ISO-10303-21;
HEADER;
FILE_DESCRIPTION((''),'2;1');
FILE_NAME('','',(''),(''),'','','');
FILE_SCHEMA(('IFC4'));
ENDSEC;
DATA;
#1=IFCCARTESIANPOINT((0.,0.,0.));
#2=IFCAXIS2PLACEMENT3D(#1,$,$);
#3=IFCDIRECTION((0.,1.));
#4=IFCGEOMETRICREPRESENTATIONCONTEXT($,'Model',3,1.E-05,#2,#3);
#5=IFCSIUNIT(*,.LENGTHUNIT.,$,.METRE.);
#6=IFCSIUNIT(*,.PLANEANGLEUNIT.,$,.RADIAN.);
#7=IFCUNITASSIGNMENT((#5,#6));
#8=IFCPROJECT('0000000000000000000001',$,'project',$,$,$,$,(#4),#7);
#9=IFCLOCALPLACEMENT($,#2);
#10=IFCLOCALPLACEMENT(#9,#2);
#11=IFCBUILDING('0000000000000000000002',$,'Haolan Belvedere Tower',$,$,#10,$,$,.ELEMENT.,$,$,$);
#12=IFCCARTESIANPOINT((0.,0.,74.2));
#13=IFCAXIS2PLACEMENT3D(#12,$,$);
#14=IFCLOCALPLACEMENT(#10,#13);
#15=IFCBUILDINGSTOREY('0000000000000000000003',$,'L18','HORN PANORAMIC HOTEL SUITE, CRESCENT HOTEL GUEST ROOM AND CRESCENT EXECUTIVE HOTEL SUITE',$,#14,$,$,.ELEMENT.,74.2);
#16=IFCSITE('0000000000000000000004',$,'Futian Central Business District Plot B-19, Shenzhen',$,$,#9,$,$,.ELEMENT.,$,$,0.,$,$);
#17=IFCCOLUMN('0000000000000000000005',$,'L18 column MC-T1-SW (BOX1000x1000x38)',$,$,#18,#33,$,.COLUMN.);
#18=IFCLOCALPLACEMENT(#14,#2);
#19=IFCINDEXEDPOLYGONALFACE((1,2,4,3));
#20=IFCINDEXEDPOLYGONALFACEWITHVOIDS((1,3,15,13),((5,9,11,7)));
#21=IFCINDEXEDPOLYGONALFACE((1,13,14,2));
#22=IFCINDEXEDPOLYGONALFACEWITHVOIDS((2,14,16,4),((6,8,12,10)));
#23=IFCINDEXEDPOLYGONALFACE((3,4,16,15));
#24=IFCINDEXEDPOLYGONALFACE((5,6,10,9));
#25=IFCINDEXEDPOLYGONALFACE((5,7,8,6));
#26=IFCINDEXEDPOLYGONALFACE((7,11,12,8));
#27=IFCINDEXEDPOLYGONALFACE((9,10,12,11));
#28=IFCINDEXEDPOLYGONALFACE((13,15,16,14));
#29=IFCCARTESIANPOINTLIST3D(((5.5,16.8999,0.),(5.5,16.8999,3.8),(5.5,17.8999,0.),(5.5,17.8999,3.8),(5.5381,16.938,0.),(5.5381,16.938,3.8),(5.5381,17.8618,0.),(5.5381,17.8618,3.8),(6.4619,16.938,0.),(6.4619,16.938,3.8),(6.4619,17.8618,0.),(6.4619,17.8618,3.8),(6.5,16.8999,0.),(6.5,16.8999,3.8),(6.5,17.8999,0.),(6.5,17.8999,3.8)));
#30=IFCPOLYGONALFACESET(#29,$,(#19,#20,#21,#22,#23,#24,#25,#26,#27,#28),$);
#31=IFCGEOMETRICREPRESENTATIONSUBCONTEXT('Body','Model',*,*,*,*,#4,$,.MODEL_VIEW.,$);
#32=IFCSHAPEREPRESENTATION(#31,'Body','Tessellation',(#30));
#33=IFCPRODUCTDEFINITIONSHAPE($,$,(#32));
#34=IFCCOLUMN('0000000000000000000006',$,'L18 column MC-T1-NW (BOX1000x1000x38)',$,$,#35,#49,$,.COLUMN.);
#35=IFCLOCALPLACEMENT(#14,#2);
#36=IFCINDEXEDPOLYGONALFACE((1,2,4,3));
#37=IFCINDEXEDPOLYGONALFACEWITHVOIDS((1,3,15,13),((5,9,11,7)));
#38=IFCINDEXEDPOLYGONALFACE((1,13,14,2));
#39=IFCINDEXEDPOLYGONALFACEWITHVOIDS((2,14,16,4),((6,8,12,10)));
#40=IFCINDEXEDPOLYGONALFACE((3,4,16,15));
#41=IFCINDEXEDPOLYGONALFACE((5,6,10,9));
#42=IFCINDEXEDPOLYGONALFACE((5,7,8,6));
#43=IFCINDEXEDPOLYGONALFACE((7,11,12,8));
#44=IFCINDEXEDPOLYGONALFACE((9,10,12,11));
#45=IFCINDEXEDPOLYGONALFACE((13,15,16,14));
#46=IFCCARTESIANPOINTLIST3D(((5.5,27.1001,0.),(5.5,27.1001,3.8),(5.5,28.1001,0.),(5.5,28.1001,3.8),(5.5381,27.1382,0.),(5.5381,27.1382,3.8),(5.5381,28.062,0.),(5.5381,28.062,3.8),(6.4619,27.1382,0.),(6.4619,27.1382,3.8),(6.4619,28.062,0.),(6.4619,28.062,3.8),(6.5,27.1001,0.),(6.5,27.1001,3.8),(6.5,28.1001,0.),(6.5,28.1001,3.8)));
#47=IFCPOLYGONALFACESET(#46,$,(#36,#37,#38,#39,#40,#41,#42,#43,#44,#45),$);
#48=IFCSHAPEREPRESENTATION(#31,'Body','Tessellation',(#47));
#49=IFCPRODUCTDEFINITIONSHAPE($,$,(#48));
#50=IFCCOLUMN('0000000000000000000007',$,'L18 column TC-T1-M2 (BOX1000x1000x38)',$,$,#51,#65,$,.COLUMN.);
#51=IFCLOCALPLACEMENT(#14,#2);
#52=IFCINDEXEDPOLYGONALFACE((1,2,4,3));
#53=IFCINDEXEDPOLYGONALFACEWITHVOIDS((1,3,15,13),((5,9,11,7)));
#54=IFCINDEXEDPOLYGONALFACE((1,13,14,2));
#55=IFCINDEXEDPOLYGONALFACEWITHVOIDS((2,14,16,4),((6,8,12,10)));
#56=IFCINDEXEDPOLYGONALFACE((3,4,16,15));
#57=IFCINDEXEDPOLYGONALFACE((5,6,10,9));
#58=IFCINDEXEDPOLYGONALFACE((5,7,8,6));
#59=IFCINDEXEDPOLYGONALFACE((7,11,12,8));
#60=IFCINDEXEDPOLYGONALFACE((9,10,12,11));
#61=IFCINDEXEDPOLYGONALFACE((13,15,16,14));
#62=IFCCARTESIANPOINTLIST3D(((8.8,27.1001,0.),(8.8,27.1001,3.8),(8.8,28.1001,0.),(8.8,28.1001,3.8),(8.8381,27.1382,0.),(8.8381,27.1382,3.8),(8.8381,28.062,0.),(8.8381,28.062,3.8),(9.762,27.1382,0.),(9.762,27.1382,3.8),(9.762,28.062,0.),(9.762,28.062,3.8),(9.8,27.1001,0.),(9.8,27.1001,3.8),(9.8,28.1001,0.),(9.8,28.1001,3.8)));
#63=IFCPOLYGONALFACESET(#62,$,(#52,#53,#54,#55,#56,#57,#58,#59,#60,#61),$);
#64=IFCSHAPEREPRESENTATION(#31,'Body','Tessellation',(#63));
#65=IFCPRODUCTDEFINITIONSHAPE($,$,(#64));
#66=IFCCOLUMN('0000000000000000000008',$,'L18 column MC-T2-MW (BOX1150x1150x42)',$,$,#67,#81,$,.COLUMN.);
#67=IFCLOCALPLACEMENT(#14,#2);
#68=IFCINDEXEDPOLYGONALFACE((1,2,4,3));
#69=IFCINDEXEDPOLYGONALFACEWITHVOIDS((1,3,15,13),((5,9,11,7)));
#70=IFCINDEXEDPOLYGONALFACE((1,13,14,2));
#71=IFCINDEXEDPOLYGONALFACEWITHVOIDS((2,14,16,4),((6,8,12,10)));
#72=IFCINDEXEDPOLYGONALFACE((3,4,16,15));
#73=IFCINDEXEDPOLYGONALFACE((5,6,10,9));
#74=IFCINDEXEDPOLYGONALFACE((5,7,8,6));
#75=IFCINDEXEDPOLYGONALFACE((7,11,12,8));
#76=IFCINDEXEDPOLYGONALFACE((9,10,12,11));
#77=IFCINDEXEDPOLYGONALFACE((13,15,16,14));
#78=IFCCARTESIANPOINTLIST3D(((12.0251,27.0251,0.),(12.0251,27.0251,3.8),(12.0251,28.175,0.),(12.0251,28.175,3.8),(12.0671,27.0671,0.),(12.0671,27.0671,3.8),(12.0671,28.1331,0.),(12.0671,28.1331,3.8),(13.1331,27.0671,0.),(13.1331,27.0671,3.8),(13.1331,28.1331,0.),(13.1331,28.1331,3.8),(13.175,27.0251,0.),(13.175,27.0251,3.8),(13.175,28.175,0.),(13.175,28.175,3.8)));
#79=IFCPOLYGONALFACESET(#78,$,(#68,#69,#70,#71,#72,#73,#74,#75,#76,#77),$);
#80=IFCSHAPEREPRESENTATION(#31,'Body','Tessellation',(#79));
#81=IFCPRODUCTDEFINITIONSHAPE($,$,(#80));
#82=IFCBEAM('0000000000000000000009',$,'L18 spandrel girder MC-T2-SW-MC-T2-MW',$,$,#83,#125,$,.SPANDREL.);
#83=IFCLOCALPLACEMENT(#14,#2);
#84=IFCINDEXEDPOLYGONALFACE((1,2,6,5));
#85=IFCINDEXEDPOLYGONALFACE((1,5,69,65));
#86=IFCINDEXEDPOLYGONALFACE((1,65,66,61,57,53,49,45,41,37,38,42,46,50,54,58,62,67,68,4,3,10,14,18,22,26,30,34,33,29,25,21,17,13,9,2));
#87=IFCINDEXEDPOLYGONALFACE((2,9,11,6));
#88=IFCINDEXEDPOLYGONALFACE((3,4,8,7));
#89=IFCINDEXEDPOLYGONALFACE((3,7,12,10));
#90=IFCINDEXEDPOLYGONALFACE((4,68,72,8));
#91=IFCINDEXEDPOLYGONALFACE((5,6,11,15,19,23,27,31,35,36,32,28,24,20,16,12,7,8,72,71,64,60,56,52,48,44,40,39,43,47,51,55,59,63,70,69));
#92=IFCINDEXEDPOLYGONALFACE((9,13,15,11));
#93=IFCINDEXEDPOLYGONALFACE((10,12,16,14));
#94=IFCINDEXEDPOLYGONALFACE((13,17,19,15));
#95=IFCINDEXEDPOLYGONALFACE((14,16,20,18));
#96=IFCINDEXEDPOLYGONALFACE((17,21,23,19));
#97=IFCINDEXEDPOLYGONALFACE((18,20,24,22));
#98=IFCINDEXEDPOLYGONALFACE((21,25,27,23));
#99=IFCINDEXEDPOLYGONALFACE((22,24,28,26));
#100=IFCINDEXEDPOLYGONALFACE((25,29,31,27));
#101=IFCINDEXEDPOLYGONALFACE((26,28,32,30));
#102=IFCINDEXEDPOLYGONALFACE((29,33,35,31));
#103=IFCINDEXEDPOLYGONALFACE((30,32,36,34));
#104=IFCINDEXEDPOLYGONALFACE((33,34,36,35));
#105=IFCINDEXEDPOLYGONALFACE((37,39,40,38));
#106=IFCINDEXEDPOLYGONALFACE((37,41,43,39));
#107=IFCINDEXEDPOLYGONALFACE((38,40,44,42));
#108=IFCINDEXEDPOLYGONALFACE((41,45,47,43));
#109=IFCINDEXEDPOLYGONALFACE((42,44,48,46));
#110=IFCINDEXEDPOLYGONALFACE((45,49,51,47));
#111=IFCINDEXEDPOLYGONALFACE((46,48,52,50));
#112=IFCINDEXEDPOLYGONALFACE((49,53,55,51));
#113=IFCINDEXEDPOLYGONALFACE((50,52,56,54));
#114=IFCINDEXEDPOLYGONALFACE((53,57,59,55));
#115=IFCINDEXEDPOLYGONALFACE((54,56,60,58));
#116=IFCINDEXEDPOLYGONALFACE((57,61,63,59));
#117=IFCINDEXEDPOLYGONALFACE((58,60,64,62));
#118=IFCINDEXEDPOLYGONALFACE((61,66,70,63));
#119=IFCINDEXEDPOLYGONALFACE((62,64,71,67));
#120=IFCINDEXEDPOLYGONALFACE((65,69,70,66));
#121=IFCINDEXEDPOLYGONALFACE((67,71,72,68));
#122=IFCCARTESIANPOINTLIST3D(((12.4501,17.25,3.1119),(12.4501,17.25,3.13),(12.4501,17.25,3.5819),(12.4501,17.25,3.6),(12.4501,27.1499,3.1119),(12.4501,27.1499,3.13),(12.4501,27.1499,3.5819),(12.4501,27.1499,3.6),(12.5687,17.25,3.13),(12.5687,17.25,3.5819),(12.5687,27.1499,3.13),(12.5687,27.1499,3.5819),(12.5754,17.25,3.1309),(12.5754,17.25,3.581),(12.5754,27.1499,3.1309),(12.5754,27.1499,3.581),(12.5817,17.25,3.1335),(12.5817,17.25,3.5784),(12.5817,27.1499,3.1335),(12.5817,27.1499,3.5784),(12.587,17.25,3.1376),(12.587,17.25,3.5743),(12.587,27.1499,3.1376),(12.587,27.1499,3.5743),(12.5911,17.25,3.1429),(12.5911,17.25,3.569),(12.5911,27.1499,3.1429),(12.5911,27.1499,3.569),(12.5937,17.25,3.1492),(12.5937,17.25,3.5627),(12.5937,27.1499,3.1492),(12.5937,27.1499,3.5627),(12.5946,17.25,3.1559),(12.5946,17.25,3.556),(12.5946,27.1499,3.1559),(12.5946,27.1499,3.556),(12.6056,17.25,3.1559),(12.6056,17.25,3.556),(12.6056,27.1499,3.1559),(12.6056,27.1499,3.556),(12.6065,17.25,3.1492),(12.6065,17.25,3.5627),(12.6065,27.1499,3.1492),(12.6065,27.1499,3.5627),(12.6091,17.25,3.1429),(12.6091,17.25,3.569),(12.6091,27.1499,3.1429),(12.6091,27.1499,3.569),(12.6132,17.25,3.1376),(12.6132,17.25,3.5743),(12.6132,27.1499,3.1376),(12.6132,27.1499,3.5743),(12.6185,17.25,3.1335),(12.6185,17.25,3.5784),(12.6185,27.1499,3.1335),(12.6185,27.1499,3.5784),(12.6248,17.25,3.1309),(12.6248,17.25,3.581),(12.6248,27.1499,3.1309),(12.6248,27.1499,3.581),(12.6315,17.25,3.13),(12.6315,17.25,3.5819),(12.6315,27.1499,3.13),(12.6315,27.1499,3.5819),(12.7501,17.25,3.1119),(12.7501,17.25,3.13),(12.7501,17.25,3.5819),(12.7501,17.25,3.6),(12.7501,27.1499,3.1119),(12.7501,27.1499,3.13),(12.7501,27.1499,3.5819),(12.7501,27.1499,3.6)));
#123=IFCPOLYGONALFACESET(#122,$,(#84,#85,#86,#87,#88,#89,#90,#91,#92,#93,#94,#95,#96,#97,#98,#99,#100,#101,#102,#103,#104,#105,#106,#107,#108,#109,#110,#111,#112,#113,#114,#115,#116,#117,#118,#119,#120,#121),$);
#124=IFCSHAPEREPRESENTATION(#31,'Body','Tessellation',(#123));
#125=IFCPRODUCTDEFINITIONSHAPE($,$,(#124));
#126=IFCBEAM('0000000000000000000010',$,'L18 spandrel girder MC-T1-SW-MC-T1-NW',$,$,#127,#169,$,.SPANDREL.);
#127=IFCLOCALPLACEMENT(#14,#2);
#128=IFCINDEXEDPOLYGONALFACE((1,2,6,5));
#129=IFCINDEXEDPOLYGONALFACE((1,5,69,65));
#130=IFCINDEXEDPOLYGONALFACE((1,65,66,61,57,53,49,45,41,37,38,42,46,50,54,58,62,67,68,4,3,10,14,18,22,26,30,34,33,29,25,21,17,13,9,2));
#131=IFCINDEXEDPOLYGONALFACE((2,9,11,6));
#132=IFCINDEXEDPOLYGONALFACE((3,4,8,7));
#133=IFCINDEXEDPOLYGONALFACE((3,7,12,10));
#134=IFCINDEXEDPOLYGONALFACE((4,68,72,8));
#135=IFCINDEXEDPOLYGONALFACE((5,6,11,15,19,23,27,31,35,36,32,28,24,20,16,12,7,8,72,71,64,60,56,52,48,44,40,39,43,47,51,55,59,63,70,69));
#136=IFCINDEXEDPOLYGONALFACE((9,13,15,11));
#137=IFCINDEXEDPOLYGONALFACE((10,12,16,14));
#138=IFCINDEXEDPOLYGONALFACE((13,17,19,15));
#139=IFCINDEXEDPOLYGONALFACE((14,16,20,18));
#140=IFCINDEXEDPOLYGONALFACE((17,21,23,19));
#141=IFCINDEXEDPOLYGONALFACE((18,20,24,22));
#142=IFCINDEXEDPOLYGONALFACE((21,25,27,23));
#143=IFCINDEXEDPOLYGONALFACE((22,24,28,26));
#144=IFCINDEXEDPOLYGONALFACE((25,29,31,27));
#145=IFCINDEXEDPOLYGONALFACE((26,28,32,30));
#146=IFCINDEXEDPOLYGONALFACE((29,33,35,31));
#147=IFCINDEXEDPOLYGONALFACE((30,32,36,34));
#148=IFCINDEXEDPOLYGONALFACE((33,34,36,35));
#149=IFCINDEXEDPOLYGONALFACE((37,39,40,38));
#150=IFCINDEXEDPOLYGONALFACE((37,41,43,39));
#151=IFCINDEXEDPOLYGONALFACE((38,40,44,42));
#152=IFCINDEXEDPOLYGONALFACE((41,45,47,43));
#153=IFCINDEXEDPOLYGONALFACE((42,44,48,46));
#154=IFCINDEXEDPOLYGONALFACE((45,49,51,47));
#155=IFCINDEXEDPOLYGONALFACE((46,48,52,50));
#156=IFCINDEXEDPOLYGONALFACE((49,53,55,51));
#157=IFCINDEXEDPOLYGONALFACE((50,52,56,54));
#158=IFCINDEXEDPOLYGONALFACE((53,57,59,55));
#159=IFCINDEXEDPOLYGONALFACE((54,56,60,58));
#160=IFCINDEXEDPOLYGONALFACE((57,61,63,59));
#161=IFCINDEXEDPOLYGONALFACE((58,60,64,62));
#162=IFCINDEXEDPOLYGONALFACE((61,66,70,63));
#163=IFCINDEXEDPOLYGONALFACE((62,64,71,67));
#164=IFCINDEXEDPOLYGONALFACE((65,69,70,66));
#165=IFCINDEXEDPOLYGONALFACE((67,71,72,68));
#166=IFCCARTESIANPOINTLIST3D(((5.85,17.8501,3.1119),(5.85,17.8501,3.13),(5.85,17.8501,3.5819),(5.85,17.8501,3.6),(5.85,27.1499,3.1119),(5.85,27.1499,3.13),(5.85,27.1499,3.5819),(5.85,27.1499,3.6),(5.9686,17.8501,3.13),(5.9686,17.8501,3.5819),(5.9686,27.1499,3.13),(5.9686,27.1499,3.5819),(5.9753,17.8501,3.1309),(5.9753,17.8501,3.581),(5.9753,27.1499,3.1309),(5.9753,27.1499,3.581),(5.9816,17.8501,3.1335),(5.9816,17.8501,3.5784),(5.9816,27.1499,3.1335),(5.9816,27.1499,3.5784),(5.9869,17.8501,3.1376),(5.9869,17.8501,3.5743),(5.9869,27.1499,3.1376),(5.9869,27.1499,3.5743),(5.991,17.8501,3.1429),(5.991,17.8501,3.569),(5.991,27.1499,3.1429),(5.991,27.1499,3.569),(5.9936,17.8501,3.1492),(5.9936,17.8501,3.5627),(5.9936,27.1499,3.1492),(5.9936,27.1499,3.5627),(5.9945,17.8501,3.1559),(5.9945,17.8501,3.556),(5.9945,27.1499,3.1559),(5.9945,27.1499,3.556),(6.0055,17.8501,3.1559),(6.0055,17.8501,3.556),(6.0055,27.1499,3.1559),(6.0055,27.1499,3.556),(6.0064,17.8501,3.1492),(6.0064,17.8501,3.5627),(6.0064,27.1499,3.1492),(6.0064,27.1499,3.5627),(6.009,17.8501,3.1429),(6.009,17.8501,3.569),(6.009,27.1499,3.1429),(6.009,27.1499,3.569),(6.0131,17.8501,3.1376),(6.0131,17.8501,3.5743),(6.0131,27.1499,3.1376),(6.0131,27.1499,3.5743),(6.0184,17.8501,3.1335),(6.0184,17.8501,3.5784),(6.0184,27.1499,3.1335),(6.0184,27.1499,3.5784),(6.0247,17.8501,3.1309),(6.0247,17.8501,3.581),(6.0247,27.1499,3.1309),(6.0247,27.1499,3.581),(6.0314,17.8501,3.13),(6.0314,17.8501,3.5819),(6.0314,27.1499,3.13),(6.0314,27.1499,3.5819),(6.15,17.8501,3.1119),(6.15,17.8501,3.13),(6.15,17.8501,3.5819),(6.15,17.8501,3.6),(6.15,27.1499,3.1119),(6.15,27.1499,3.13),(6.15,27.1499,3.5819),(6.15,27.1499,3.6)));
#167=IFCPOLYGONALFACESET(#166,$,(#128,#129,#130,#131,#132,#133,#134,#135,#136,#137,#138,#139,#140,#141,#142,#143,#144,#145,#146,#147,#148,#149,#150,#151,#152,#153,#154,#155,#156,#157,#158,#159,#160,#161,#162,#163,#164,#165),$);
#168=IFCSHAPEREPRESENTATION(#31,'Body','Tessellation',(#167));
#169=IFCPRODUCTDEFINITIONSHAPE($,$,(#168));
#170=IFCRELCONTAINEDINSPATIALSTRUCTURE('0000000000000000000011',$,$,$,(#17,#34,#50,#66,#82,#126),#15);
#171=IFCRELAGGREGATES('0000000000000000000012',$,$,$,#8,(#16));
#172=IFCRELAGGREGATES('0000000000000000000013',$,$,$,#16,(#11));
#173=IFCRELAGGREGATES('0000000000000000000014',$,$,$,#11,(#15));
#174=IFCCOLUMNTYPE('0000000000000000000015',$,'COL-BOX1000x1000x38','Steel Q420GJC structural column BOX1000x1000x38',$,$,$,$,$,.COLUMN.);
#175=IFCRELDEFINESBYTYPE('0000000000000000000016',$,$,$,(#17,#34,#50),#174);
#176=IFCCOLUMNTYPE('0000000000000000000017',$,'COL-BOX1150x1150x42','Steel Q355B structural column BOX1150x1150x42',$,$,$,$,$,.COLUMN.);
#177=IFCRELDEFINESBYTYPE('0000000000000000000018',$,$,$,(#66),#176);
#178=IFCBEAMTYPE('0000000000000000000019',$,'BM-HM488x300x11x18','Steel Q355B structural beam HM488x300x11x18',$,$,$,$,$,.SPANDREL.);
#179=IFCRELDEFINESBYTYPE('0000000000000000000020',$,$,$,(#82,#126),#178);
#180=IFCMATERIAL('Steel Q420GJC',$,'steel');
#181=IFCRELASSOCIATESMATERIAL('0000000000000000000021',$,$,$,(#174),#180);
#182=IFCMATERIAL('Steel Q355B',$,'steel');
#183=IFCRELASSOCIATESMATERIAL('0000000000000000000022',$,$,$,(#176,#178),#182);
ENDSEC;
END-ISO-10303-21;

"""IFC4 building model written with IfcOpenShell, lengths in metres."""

from ifc_helpers import new_model, si_unit, direction, frame, origin, origin_2d, place, context, subcontext, project, spatial, hollow_rectangle, i_section, extrude, material, material_profile, profile_set, type_object, element, save


model = new_model("IFC4")

# Units and contexts
model_context = context("Model", 3, precision=1e-05, world=origin(), true_north=direction((0.0, 1.0)))
body_context = subcontext(model_context, "Body", "Model", "MODEL_VIEW")
ifc_project = project(units=[si_unit("LENGTHUNIT", "METRE"), si_unit("PLANEANGLEUNIT", "RADIAN")], contexts=[model_context])

# Site, building, storey
site_placement = place(None, origin())
site = spatial("IfcSite", under=ifc_project, at=site_placement, Name="Futian Central Business District Plot B-19, Shenzhen", CompositionType="ELEMENT", RefElevation=0.0)
building_placement = place(site_placement, origin())
building = spatial("IfcBuilding", under=site, at=building_placement, Name="Haolan Belvedere Tower", CompositionType="ELEMENT")
storey_placement = place(building_placement, frame((0.0, 0.0, 74.2)))
storey = spatial("IfcBuildingStorey", under=building, at=storey_placement, Name="L18", Description="HORN PANORAMIC HOTEL SUITE, CRESCENT HOTEL GUEST ROOM AND CRESCENT EXECUTIVE HOTEL SUITE", CompositionType="ELEMENT", Elevation=74.2)

# Columns
ifc_material_1 = material(Name="Steel Q420GJC", Category="steel")
ifc_material_profile_1 = material_profile(ifc_material_1, hollow_rectangle(XDim=1.0, YDim=1.0, WallThickness=0.0381, at=origin_2d()), Name="Steel Q420GJC")
ifc_profile_set_1 = profile_set([ifc_material_profile_1], Name="Steel Q420GJC")
column_type_1 = type_object("IfcColumnType", Name="COL-BOX1000x1000x38", Description="Steel Q420GJC structural column BOX1000x1000x38", PredefinedType="COLUMN", material=ifc_profile_set_1)
for number, where, z_axis, x_axis, name in (
    (1, (6.0, 17.3999, 0.0), (0.0, 0.0, 1.0), (1.0, 0.0, 0.0), "L18 column MC-T1-SW (BOX1000x1000x38)"),
    (2, (6.0, 27.6001, 0.0), (0.0, 0.0, 1.0), (1.0, 0.0, 0.0), "L18 column MC-T1-NW (BOX1000x1000x38)"),
    (3, (9.3, 27.6001, 0.0), (0.0, 0.0, 1.0), (1.0, 0.0, 0.0), "L18 column TC-T1-M2 (BOX1000x1000x38)"),
):
    element("IfcColumn", number, at=place(storey_placement, frame(where, z_axis=z_axis, x_axis=x_axis)), inside=storey, type_object=column_type_1, Name=name, PredefinedType="COLUMN", context=body_context, shape_type="SweptSolid", body=[
        extrude(hollow_rectangle(XDim=1.0, YDim=1.0, WallThickness=0.0381, at=origin_2d()), origin(), (0.0, 0.0, 1.0), 3.8),
    ])
ifc_material_2 = material(Name="Steel Q355B", Category="steel")
ifc_material_profile_2 = material_profile(ifc_material_2, hollow_rectangle(XDim=1.1499, YDim=1.1499, WallThickness=0.042, at=origin_2d()), Name="Steel Q355B")
ifc_profile_set_2 = profile_set([ifc_material_profile_2], Name="Steel Q355B")
column_type_2 = type_object("IfcColumnType", Name="COL-BOX1150x1150x42", Description="Steel Q355B structural column BOX1150x1150x42", PredefinedType="COLUMN", material=ifc_profile_set_2)
column_placement = place(storey_placement, frame((12.6001, 27.6001, 0.0), z_axis=(0.0, 0.0, 1.0), x_axis=(1.0, 0.0, 0.0)))
element("IfcColumn", 4, at=column_placement, inside=storey, type_object=column_type_2, Name="L18 column MC-T2-MW (BOX1150x1150x42)", PredefinedType="COLUMN", context=body_context, shape_type="SweptSolid", body=[
    extrude(hollow_rectangle(XDim=1.1499, YDim=1.1499, WallThickness=0.042, at=origin_2d()), origin(), (0.0, 0.0, 1.0), 3.8),
])

# Beams
ifc_material_profile_3 = material_profile(ifc_material_2, i_section(OverallWidth=0.3, OverallDepth=0.488, WebThickness=0.011, FlangeThickness=0.0181, FilletRadius=0.0259, at=origin_2d()), Name="Steel Q355B")
ifc_profile_set_3 = profile_set([ifc_material_profile_3], Name="Steel Q355B")
beam_type_1 = type_object("IfcBeamType", Name="BM-HM488x300x11x18", Description="Steel Q355B structural beam HM488x300x11x18", PredefinedType="SPANDREL", material=ifc_profile_set_3)
beam_1_placement = place(storey_placement, frame((12.6001, 17.25, 3.356), z_axis=(0.0, 1.0, 0.0), x_axis=(-1.0, 0.0, 0.0)))
element("IfcBeam", 5, at=beam_1_placement, inside=storey, type_object=beam_type_1, Name="L18 spandrel girder MC-T2-SW-MC-T2-MW", PredefinedType="SPANDREL", context=body_context, shape_type="SweptSolid", body=[
    extrude(i_section(OverallWidth=0.3, OverallDepth=0.488, WebThickness=0.011, FlangeThickness=0.0181, FilletRadius=0.0259, at=origin_2d()), origin(), (0.0, 0.0, 1.0), 9.8999),
])
beam_2_placement = place(storey_placement, frame((6.0, 17.8501, 3.356), z_axis=(0.0, 1.0, 0.0), x_axis=(-1.0, 0.0, 0.0)))
element("IfcBeam", 6, at=beam_2_placement, inside=storey, type_object=beam_type_1, Name="L18 spandrel girder MC-T1-SW-MC-T1-NW", PredefinedType="SPANDREL", context=body_context, shape_type="SweptSolid", body=[
    extrude(i_section(OverallWidth=0.3, OverallDepth=0.488, WebThickness=0.011, FlangeThickness=0.0181, FilletRadius=0.0259, at=origin_2d()), origin(), (0.0, 0.0, 1.0), 9.2998),
])

save(model, "model.ifc")
